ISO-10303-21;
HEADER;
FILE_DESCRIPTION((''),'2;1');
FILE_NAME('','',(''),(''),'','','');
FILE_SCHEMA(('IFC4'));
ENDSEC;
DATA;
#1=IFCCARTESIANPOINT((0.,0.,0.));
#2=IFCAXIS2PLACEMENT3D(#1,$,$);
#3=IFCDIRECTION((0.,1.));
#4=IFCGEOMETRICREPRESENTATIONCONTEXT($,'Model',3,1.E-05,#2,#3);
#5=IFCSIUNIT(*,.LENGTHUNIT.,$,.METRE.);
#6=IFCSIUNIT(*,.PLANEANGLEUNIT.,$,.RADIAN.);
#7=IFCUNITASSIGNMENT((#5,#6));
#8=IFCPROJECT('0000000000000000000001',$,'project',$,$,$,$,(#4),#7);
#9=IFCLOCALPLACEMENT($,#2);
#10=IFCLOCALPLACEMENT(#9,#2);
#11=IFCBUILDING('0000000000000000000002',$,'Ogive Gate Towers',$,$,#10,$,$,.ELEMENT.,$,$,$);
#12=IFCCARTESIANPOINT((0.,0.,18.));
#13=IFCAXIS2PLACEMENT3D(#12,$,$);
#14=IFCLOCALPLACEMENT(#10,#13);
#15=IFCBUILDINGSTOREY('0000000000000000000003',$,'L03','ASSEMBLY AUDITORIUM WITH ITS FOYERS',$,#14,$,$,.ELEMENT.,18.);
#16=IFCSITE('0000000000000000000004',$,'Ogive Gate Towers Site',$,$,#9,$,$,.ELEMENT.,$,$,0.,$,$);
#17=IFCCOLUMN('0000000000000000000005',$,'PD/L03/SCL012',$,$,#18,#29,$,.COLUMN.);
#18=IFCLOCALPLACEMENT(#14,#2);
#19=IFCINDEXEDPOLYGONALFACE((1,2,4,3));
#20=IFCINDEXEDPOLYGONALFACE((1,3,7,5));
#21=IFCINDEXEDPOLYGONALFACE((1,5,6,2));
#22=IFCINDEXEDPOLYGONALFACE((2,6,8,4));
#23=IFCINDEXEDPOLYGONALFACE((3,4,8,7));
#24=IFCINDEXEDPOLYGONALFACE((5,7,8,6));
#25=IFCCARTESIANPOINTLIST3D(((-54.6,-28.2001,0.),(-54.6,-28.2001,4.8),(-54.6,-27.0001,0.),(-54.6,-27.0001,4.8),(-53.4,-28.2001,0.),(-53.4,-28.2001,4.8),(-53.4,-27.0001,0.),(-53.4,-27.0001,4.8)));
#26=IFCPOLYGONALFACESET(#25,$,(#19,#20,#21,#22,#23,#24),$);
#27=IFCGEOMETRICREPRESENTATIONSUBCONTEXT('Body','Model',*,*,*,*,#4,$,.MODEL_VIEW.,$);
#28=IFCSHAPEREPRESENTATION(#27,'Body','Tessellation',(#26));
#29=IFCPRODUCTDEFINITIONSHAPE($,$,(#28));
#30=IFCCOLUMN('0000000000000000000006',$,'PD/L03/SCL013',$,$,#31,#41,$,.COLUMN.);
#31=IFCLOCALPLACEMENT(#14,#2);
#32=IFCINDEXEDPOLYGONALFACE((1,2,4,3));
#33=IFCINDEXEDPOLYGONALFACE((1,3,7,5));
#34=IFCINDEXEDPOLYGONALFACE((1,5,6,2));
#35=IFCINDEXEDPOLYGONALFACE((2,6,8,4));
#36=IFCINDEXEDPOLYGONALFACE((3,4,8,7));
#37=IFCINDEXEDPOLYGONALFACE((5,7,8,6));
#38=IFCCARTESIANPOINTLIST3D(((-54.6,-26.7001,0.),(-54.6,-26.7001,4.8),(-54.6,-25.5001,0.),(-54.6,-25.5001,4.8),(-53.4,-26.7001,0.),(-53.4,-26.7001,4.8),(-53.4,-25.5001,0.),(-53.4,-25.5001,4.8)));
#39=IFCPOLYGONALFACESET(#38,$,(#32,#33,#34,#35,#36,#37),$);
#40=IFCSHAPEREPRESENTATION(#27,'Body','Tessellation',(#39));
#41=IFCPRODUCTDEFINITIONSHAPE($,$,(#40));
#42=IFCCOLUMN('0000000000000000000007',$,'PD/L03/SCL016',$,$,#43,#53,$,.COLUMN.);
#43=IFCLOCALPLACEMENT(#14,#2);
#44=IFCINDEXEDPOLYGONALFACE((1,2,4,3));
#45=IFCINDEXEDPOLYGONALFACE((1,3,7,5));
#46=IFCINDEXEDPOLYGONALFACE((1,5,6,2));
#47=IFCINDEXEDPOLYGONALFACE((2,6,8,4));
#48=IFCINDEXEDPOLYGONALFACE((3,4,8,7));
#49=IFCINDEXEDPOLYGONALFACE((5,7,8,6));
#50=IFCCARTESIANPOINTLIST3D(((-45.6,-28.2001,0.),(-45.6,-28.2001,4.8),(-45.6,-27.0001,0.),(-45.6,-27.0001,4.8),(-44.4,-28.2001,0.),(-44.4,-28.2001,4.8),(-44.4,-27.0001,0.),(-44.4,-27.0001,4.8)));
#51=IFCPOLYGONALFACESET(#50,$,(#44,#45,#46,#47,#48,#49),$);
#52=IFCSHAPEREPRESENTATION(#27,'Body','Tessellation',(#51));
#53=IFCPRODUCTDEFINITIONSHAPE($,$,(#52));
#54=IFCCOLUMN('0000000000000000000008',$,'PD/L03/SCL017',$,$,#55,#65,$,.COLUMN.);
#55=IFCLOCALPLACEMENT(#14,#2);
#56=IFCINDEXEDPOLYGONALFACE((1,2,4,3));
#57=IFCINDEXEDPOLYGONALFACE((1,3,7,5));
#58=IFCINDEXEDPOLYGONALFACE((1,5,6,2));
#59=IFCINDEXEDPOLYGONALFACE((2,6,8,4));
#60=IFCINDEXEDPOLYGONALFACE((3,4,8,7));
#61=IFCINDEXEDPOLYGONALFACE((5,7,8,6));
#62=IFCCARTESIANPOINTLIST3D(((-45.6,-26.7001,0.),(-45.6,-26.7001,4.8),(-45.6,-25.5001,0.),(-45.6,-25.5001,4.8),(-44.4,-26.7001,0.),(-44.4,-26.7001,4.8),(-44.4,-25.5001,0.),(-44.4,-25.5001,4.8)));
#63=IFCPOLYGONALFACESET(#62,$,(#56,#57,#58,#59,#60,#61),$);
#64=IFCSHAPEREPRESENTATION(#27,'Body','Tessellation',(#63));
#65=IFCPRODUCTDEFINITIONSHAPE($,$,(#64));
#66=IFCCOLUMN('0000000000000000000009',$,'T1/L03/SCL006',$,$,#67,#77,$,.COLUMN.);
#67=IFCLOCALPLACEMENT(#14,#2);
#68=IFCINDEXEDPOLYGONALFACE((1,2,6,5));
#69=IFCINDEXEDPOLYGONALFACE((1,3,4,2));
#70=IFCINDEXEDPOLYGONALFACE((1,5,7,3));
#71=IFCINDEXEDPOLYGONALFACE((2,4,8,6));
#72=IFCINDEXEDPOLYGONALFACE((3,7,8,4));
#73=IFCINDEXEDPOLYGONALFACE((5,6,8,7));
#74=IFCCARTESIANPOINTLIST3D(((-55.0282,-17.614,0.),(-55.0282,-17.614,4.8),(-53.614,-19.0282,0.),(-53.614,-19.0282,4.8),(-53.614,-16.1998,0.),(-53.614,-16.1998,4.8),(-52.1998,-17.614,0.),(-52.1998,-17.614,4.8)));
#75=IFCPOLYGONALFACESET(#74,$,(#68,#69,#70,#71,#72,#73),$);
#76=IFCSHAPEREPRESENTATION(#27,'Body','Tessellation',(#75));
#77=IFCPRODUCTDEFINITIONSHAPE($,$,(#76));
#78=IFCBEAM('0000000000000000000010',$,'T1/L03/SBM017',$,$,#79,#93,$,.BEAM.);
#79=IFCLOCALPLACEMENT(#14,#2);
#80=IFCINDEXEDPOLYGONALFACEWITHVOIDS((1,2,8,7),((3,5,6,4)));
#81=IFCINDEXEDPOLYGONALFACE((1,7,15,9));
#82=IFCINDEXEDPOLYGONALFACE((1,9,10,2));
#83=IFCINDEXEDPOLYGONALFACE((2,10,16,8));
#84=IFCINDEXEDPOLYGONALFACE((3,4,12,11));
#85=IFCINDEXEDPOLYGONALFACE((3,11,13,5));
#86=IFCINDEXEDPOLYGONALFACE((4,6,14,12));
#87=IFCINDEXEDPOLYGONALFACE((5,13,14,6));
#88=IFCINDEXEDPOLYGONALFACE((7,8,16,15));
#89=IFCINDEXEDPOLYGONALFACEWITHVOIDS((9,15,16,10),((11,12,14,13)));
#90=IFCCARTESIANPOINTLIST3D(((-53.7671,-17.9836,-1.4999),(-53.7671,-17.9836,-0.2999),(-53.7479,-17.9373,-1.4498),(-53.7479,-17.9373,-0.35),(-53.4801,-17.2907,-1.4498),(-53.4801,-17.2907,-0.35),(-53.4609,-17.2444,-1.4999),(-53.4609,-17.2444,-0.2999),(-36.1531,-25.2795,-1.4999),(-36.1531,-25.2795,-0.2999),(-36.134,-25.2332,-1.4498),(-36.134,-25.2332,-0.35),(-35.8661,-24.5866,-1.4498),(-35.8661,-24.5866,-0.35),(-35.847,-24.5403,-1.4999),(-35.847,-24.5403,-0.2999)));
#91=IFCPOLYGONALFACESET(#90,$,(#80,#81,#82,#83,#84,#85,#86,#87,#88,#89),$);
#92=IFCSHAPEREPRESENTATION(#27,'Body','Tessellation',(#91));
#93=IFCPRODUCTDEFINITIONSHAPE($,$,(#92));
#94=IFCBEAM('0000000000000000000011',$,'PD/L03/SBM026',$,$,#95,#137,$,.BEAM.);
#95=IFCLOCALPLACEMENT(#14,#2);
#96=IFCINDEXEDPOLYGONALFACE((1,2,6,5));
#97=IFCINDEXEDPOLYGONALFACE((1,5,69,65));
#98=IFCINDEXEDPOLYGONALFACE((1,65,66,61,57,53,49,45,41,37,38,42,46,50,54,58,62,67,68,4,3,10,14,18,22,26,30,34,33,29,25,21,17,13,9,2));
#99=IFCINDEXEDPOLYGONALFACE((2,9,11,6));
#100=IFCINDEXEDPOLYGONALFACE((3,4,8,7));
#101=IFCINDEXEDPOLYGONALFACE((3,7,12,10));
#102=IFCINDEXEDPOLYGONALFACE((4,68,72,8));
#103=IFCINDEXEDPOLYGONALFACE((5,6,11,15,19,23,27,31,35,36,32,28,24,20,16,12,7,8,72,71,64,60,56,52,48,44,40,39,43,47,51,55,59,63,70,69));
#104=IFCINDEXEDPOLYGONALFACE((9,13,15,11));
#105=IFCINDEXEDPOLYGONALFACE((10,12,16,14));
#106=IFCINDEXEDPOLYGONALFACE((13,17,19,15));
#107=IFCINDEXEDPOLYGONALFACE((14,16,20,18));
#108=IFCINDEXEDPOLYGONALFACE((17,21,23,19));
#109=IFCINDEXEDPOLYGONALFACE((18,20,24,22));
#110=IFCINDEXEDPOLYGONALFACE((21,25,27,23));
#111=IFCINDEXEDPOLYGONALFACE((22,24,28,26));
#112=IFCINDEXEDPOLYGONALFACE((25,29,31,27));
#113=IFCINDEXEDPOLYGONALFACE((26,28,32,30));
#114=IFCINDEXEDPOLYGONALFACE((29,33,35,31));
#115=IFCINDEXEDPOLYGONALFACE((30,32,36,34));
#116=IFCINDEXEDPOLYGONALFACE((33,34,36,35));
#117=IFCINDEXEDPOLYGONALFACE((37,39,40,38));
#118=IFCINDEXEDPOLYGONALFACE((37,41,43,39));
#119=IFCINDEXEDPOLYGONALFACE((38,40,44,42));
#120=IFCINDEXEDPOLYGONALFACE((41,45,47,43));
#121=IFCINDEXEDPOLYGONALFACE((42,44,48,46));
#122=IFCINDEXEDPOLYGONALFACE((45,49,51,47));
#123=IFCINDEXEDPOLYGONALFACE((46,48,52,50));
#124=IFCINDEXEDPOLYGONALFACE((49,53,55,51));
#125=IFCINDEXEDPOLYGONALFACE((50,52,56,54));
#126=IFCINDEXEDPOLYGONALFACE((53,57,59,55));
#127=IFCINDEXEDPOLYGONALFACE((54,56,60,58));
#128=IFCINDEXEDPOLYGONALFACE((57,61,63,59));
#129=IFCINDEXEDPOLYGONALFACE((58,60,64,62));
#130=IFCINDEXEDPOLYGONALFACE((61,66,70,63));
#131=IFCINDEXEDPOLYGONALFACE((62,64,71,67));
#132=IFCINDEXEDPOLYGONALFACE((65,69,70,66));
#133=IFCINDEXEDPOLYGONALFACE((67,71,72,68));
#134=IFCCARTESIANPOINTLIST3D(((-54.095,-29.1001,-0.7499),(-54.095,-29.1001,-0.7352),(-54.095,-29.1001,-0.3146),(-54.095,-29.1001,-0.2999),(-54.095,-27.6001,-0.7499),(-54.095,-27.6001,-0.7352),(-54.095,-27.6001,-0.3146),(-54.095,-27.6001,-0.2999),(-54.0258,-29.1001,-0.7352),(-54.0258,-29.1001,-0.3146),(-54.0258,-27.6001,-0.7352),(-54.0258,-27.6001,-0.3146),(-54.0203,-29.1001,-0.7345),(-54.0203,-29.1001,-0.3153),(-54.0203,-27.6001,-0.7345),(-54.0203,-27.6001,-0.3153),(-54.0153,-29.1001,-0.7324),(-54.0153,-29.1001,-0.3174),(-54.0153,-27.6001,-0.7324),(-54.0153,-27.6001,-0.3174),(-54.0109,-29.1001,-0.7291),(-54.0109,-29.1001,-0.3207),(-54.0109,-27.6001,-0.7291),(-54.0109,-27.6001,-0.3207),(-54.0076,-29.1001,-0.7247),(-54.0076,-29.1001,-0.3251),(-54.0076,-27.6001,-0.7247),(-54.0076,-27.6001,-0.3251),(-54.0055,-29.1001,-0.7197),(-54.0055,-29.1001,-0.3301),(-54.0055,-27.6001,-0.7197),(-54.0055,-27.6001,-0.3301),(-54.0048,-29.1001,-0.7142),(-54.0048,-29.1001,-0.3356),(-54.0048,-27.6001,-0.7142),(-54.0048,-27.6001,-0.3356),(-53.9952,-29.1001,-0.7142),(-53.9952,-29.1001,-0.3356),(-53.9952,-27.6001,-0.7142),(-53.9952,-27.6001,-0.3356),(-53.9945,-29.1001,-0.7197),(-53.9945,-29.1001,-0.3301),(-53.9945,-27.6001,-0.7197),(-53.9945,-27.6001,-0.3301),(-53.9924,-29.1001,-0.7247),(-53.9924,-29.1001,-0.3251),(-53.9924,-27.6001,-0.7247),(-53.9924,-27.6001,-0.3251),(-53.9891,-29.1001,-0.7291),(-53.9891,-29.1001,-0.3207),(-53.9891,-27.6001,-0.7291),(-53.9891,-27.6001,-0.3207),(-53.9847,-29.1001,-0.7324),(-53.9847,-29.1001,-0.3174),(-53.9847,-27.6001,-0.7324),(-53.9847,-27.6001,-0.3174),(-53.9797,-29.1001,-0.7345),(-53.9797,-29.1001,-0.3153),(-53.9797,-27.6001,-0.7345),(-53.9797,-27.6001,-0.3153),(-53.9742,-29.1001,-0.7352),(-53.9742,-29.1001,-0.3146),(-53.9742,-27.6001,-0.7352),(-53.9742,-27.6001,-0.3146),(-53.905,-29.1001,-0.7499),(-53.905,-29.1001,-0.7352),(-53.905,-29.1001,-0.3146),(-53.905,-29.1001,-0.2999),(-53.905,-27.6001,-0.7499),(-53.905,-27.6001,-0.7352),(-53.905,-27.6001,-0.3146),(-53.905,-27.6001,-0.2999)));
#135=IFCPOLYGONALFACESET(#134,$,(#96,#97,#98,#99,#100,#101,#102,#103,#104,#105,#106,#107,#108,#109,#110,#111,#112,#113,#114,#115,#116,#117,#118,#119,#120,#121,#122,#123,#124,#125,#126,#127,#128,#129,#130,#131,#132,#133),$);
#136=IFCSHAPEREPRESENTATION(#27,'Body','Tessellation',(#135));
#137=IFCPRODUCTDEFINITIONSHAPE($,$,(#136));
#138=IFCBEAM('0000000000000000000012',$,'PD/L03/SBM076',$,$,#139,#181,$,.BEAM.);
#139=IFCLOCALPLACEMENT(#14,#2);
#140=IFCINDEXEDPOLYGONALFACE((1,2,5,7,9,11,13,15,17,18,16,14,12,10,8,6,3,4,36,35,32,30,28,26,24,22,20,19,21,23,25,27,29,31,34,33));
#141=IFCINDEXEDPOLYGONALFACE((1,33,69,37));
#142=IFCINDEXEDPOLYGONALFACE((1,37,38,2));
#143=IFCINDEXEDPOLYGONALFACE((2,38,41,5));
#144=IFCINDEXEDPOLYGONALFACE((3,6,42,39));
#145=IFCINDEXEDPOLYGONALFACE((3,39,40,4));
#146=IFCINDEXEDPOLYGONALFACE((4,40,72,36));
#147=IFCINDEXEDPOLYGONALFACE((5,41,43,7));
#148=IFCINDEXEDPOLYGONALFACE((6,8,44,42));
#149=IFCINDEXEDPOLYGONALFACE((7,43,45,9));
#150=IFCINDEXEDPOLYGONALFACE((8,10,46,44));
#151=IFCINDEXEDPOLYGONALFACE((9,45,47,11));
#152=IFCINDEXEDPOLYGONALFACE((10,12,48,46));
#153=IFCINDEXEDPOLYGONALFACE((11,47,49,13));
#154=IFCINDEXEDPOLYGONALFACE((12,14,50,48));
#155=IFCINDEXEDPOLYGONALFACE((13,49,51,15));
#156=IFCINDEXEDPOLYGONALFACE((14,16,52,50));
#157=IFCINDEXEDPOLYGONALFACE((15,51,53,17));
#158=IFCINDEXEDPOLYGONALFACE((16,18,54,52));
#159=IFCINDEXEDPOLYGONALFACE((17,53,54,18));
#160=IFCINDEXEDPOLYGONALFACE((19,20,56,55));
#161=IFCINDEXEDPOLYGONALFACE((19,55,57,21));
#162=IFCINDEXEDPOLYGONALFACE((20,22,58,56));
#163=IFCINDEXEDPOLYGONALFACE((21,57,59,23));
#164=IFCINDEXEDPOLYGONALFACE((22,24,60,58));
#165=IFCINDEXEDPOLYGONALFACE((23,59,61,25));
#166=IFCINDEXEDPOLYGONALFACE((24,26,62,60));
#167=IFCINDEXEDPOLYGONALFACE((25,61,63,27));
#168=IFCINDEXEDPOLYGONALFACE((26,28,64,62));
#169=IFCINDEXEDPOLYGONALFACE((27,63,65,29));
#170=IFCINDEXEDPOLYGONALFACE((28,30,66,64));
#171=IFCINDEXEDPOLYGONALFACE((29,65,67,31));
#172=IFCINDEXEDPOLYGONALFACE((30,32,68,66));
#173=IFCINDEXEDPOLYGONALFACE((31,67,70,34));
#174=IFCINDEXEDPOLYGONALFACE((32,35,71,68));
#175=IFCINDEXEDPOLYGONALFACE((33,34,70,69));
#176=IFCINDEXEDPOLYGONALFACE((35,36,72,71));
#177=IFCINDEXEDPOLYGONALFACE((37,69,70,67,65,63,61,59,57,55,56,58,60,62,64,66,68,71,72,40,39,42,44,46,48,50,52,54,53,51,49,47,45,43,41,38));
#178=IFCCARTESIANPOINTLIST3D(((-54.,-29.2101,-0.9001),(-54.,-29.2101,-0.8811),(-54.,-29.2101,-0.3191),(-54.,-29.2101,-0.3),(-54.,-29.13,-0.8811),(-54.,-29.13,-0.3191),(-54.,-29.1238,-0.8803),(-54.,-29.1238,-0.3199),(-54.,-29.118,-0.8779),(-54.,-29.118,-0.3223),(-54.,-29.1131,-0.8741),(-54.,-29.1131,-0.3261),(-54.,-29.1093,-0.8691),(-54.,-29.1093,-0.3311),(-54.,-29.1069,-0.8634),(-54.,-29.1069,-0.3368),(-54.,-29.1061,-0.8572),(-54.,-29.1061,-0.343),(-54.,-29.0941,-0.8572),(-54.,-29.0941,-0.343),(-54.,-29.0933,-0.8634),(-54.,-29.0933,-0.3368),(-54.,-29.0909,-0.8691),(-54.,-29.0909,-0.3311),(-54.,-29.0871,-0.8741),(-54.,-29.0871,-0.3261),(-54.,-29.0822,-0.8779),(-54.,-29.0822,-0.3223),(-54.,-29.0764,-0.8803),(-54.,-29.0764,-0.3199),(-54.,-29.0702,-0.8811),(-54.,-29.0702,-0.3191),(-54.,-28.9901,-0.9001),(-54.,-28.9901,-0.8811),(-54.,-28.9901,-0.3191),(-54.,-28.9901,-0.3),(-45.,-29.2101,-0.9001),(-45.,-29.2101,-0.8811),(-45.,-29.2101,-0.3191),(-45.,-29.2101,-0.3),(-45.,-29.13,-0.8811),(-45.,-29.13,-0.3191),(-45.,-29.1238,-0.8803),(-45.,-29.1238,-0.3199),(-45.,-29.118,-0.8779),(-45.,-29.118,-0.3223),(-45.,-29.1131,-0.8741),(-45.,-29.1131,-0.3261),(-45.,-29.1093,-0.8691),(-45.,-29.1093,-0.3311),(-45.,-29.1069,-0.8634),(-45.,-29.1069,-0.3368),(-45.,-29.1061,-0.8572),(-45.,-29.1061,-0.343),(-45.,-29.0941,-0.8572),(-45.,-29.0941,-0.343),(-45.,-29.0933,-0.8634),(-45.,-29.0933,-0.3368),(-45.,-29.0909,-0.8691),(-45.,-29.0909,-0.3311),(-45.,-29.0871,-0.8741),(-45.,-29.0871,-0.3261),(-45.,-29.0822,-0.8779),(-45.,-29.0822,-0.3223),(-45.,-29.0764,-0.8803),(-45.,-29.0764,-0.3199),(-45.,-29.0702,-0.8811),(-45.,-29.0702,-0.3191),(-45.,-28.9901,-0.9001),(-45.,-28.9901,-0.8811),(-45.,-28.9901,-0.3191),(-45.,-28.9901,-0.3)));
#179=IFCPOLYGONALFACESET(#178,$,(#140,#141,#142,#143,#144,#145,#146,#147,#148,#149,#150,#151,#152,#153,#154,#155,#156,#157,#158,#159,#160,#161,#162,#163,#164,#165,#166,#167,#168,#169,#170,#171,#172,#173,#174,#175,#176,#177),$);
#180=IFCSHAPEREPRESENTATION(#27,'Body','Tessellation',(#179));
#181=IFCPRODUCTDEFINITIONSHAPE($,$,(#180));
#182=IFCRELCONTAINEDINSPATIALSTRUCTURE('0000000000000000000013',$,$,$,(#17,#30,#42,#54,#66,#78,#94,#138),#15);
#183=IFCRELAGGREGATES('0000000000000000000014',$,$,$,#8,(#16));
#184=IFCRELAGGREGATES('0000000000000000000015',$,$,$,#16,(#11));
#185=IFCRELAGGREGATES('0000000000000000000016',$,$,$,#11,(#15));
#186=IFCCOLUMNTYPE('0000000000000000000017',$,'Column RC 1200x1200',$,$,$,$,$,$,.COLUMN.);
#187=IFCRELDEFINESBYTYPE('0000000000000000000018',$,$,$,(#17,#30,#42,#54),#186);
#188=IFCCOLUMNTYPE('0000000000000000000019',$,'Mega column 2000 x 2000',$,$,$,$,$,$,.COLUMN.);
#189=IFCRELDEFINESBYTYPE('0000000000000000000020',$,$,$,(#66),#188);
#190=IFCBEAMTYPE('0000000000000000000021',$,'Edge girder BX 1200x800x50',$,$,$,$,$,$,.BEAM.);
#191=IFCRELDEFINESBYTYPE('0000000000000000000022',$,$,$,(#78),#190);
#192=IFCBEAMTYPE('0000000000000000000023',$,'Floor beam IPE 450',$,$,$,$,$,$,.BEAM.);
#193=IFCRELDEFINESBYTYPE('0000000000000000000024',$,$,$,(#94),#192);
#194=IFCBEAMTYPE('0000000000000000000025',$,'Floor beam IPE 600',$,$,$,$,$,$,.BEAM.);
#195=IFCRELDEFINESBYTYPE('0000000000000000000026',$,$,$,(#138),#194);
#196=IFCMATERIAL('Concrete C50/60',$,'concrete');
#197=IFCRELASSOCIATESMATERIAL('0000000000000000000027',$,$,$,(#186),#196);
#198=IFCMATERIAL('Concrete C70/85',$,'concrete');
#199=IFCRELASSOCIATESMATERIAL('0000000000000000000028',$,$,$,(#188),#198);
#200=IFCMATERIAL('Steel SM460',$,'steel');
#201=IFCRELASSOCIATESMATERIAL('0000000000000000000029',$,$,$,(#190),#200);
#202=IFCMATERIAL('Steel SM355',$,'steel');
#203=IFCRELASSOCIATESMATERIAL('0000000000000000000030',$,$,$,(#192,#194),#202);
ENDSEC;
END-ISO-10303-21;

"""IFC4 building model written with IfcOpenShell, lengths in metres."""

from ifc_helpers import new_model, si_unit, direction, frame, origin, origin_2d, place, context, subcontext, project, spatial, rectangle, hollow_rectangle, i_section, extrude, material, material_profile, profile_set, type_object, element, save


model = new_model("IFC4")

# Units and contexts
model_context = context("Model", 3, precision=1e-05, world=origin(), true_north=direction((0.0, 1.0)))
body_context = subcontext(model_context, "Body", "Model", "MODEL_VIEW")
ifc_project = project(units=[si_unit("LENGTHUNIT", "METRE"), si_unit("PLANEANGLEUNIT", "RADIAN")], contexts=[model_context])

# Site, building, storey
site_placement = place(None, origin())
site = spatial("IfcSite", under=ifc_project, at=site_placement, Name="Ogive Gate Towers Site", CompositionType="ELEMENT", RefElevation=0.0)
building_placement = place(site_placement, origin())
building = spatial("IfcBuilding", under=site, at=building_placement, Name="Ogive Gate Towers", CompositionType="ELEMENT")
storey_placement = place(building_placement, frame((0.0, 0.0, 18.0)))
storey = spatial("IfcBuildingStorey", under=building, at=storey_placement, Name="L03", Description="ASSEMBLY AUDITORIUM WITH ITS FOYERS", CompositionType="ELEMENT", Elevation=18.0)

# Columns
ifc_material_1 = material(Name="Concrete C50/60", Category="concrete")
ifc_material_profile_1 = material_profile(ifc_material_1, rectangle(XDim=1.2, YDim=1.2, at=origin_2d()), Name="RC 1200x1200")
ifc_profile_set_1 = profile_set([ifc_material_profile_1], Name="Concrete C50/60")
column_type_1 = type_object("IfcColumnType", Name="Column RC 1200x1200", PredefinedType="COLUMN", material=ifc_profile_set_1)
for number, where, z_axis, x_axis, name in (
    (1, (-54.0, -27.6001, 0.0), (0.0, 0.0, 1.0), (1.0, 0.0, 0.0), "PD/L03/SCL012"),
    (2, (-54.0, -26.1001, 0.0), (0.0, 0.0, 1.0), (1.0, 0.0, 0.0), "PD/L03/SCL013"),
    (3, (-45.0, -27.6001, 0.0), (0.0, 0.0, 1.0), (1.0, 0.0, 0.0), "PD/L03/SCL016"),
    (4, (-45.0, -26.1001, 0.0), (0.0, 0.0, 1.0), (1.0, 0.0, 0.0), "PD/L03/SCL017"),
):
    element("IfcColumn", number, at=place(storey_placement, frame(where, z_axis=z_axis, x_axis=x_axis)), inside=storey, type_object=column_type_1, Name=name, PredefinedType="COLUMN", context=body_context, shape_type="SweptSolid", body=[
        extrude(rectangle(XDim=1.2, YDim=1.2, at=origin_2d()), origin(), (0.0, 0.0, 1.0), 4.8),
    ])
ifc_material_2 = material(Name="Concrete C70/85", Category="concrete")
ifc_material_profile_2 = material_profile(ifc_material_2, rectangle(XDim=2.0, YDim=2.0, at=origin_2d()), Name="RC 2000x2000")
ifc_profile_set_2 = profile_set([ifc_material_profile_2], Name="Concrete C70/85")
column_type_2 = type_object("IfcColumnType", Name="Mega column 2000 x 2000", PredefinedType="COLUMN", material=ifc_profile_set_2)
column_placement = place(storey_placement, frame((-53.614, -17.614, 0.0), z_axis=(0.0, 0.0, 1.0), x_axis=(-0.707107, -0.707107, 0.0)))
element("IfcColumn", 5, at=column_placement, inside=storey, type_object=column_type_2, Name="T1/L03/SCL006", PredefinedType="COLUMN", context=body_context, shape_type="SweptSolid", body=[
    extrude(rectangle(XDim=2.0, YDim=2.0, at=origin_2d()), origin(), (0.0, 0.0, 1.0), 4.8),
])

# Beams
ifc_material_3 = material(Name="Steel SM460", Category="steel")
ifc_material_profile_3 = material_profile(ifc_material_3, hollow_rectangle(XDim=0.8, YDim=1.2, WallThickness=0.05, at=origin_2d()), Name="BX 1200x800x50")
ifc_profile_set_3 = profile_set([ifc_material_profile_3], Name="Steel SM460")
beam_type_1 = type_object("IfcBeamType", Name="Edge girder BX 1200x800x50", PredefinedType="BEAM", material=ifc_profile_set_3)
beam_1_placement = place(storey_placement, frame((-53.614, -17.614, -0.8999), z_axis=(0.923881, -0.382681, 0.0), x_axis=(0.382681, 0.923881, 0.0)))
element("IfcBeam", 6, at=beam_1_placement, inside=storey, type_object=beam_type_1, Name="T1/L03/SBM017", PredefinedType="BEAM", context=body_context, shape_type="SweptSolid", body=[
    extrude(hollow_rectangle(XDim=0.8, YDim=1.2, WallThickness=0.05, at=origin_2d()), origin(), (0.0, 0.0, 1.0), 19.0652),
])
ifc_material_4 = material(Name="Steel SM355", Category="steel")
ifc_material_profile_4 = material_profile(ifc_material_4, i_section(OverallWidth=0.1899, OverallDepth=0.45, WebThickness=0.0095, FlangeThickness=0.0146, FilletRadius=0.021, at=origin_2d()), Name="IPE 450")
ifc_profile_set_4 = profile_set([ifc_material_profile_4], Name="Steel SM355")
beam_type_2 = type_object("IfcBeamType", Name="Floor beam IPE 450", PredefinedType="BEAM", material=ifc_profile_set_4)
beam_2_placement = place(storey_placement, frame((-54.0, -29.1001, -0.5249), z_axis=(0.0, 1.0, 0.0), x_axis=(-1.0, 0.0, 0.0)))
element("IfcBeam", 7, at=beam_2_placement, inside=storey, type_object=beam_type_2, Name="PD/L03/SBM026", PredefinedType="BEAM", context=body_context, shape_type="SweptSolid", body=[
    extrude(i_section(OverallWidth=0.1899, OverallDepth=0.45, WebThickness=0.0095, FlangeThickness=0.0146, FilletRadius=0.021, at=origin_2d()), origin(), (0.0, 0.0, 1.0), 1.5),
])
ifc_material_profile_5 = material_profile(ifc_material_4, i_section(OverallWidth=0.22, OverallDepth=0.6001, WebThickness=0.012, FlangeThickness=0.019, FilletRadius=0.0239, at=origin_2d()), Name="IPE 600")
ifc_profile_set_5 = profile_set([ifc_material_profile_5], Name="Steel SM355")
beam_type_3 = type_object("IfcBeamType", Name="Floor beam IPE 600", PredefinedType="BEAM", material=ifc_profile_set_5)
beam_3_placement = place(storey_placement, frame((-45.0, -29.1001, -0.6001), z_axis=(-1.0, 0.0, 0.0), x_axis=(0.0, -1.0, 0.0)))
element("IfcBeam", 8, at=beam_3_placement, inside=storey, type_object=beam_type_3, Name="PD/L03/SBM076", PredefinedType="BEAM", context=body_context, shape_type="SweptSolid", body=[
    extrude(i_section(OverallWidth=0.22, OverallDepth=0.6001, WebThickness=0.012, FlangeThickness=0.019, FilletRadius=0.0239, at=origin_2d()), origin(), (0.0, 0.0, 1.0), 9.0),
])

save(model, "model.ifc")
